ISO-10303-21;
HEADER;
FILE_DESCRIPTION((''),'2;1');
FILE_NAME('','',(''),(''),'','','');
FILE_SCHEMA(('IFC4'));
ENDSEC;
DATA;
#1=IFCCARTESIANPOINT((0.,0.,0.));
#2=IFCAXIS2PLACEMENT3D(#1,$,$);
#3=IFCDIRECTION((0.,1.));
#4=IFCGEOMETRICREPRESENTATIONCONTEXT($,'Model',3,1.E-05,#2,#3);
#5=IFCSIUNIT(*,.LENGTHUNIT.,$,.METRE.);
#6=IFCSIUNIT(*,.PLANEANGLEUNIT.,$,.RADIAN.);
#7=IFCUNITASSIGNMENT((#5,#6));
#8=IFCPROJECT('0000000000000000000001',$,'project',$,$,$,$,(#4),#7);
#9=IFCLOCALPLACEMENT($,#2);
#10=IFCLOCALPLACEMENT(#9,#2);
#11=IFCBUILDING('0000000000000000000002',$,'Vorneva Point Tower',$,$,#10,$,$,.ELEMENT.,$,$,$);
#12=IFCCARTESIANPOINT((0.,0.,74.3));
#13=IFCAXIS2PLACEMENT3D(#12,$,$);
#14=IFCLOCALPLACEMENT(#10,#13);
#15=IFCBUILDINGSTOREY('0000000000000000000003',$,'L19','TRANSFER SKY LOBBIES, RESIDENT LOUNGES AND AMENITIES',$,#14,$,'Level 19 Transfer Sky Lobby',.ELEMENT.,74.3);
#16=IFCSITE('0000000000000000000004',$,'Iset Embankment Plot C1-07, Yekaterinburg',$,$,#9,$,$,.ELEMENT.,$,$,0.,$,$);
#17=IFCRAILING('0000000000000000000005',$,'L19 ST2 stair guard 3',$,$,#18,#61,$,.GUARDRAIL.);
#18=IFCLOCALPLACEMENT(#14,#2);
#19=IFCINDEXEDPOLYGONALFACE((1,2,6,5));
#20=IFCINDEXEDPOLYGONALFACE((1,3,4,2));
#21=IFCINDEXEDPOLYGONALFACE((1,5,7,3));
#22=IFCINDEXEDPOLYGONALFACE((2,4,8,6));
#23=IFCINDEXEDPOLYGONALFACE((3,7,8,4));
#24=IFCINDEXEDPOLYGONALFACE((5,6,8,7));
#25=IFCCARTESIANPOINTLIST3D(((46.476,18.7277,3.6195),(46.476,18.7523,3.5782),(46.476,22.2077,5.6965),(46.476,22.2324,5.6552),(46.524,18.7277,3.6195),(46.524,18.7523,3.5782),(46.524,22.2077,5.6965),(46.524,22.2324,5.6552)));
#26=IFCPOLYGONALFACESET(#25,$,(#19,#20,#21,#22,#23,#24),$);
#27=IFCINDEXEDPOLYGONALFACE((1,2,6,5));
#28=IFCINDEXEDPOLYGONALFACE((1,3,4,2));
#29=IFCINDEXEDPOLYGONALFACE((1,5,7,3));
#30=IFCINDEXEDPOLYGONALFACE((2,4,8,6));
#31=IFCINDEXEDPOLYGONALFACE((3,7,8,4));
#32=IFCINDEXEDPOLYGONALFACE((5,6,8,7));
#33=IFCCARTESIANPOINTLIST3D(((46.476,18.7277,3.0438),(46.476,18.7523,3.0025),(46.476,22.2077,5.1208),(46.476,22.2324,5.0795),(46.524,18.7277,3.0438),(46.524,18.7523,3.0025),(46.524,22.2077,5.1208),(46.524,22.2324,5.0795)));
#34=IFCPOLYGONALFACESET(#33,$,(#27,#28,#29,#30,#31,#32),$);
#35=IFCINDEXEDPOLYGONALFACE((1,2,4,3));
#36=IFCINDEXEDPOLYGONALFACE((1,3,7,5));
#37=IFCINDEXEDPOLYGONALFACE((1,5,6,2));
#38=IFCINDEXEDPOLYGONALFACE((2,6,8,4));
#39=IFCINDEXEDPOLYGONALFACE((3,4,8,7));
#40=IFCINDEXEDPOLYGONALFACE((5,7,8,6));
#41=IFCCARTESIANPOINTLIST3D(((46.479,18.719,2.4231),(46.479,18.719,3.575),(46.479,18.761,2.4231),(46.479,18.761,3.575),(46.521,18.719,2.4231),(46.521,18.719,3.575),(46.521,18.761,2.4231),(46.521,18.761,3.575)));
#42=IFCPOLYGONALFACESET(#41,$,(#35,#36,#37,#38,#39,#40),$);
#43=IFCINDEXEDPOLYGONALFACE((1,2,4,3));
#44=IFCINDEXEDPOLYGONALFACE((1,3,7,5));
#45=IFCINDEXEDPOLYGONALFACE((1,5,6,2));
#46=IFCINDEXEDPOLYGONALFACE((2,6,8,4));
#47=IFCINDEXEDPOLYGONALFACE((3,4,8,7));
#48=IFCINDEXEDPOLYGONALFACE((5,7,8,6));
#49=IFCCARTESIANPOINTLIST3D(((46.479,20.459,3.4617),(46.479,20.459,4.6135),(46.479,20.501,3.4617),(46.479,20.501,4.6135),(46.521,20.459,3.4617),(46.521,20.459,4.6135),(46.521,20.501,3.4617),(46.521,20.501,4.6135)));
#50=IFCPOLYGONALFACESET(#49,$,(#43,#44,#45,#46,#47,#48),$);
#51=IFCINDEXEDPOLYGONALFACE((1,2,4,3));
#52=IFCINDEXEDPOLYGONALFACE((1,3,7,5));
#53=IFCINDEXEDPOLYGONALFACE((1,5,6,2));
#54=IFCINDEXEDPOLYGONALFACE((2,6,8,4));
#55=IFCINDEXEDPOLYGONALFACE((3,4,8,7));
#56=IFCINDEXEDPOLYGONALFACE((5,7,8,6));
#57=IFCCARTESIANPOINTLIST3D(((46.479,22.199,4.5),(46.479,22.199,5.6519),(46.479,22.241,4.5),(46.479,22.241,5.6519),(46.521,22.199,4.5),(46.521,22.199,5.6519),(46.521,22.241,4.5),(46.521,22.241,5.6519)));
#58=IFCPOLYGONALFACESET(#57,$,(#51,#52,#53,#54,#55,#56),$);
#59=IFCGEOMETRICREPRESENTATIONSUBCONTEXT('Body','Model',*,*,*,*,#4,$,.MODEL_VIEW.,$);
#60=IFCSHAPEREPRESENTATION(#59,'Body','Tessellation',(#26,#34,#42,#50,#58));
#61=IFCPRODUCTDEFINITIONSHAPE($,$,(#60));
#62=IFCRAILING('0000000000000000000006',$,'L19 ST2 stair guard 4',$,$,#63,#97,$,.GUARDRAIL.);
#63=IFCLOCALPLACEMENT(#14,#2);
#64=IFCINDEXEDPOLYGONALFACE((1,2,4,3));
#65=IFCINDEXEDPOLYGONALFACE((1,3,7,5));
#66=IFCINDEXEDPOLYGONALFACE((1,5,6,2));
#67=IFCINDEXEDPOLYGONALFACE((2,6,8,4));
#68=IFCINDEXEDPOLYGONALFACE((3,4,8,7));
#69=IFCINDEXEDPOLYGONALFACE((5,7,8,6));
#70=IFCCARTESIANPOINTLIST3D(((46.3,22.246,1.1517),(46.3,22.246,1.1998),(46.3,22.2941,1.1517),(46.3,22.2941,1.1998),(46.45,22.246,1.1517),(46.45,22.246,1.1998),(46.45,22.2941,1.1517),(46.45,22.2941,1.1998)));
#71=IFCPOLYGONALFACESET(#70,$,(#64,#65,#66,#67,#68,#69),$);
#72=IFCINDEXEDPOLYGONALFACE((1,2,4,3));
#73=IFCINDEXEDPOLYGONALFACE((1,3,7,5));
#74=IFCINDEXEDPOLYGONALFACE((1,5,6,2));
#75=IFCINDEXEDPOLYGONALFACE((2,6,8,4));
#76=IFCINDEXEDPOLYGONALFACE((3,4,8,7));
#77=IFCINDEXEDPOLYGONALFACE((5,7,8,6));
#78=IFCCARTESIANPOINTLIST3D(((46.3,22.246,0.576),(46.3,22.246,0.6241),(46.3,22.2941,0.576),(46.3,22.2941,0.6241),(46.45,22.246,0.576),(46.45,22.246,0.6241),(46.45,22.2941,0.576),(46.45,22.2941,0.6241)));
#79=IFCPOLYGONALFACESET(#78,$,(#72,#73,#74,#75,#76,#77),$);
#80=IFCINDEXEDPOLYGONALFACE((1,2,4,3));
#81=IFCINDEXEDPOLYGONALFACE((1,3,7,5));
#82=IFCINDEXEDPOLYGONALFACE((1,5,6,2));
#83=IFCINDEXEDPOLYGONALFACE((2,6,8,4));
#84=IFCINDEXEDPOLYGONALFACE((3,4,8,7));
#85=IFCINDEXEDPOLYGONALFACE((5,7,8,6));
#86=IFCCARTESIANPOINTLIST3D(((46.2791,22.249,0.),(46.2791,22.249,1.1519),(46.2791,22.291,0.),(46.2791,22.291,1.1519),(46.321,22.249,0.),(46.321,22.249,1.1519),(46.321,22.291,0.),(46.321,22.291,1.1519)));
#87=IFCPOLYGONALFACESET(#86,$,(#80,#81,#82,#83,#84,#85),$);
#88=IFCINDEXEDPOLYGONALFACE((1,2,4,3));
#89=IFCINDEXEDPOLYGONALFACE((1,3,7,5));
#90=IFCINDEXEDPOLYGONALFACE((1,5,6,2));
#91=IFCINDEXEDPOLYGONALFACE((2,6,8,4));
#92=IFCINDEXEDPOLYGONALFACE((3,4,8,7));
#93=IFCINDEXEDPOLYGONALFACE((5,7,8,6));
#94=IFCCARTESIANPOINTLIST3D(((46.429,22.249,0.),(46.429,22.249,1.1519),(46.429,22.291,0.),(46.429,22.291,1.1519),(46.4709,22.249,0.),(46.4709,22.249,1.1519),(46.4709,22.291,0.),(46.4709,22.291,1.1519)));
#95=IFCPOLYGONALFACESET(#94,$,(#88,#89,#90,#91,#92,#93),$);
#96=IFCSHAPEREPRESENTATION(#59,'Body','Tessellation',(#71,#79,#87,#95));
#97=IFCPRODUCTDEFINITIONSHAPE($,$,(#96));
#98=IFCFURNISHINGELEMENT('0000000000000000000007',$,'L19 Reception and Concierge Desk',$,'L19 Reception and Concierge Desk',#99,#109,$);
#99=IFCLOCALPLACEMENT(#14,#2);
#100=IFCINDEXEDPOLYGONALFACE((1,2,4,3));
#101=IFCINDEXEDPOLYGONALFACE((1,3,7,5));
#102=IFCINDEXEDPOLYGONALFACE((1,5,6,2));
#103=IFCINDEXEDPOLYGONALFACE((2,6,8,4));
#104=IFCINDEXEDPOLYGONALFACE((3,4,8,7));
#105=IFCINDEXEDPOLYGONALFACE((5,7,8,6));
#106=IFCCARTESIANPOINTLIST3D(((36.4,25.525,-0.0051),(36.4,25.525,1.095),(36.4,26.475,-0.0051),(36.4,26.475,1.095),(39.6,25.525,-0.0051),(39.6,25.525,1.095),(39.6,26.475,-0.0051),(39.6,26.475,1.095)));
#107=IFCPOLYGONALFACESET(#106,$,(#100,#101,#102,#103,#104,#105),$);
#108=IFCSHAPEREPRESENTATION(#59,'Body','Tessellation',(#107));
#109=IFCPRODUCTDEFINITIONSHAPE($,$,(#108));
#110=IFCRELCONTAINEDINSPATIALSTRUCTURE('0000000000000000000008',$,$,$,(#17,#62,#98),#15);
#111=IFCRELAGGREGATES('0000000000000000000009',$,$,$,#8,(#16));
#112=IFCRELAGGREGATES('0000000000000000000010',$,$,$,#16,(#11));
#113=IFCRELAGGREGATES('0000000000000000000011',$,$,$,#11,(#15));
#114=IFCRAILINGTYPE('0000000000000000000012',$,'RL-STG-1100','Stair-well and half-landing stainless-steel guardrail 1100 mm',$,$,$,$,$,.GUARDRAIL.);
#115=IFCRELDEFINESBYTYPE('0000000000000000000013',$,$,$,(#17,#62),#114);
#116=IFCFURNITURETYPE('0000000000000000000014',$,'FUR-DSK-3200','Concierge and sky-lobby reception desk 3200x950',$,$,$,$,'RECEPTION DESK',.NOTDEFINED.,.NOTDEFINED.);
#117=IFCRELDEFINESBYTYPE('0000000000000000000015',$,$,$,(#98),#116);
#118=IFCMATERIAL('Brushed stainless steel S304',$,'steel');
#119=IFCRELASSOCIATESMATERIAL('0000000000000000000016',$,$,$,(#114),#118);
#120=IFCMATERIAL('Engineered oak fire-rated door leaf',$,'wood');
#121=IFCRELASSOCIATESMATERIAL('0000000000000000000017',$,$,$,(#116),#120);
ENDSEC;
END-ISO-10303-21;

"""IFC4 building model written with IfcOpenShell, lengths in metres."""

from ifc_helpers import new_model, si_unit, direction, frame, origin, origin_2d, place, context, subcontext, project, spatial, rectangle, extrude, material, type_object, element, save


model = new_model("IFC4")

# Units and contexts
model_context = context("Model", 3, precision=1e-05, world=origin(), true_north=direction((0.0, 1.0)))
body_context = subcontext(model_context, "Body", "Model", "MODEL_VIEW")
ifc_project = project(units=[si_unit("LENGTHUNIT", "METRE"), si_unit("PLANEANGLEUNIT", "RADIAN")], contexts=[model_context])

# Site, building, storey
site_placement = place(None, origin())
site = spatial("IfcSite", under=ifc_project, at=site_placement, Name="Iset Embankment Plot C1-07, Yekaterinburg", CompositionType="ELEMENT", RefElevation=0.0)
building_placement = place(site_placement, origin())
building = spatial("IfcBuilding", under=site, at=building_placement, Name="Vorneva Point Tower", CompositionType="ELEMENT")
storey_placement = place(building_placement, frame((0.0, 0.0, 74.3)))
storey = spatial("IfcBuildingStorey", under=building, at=storey_placement, Name="L19", Description="TRANSFER SKY LOBBIES, RESIDENT LOUNGES AND AMENITIES", LongName="Level 19 Transfer Sky Lobby", CompositionType="ELEMENT", Elevation=74.3)

# Shared definitions
ifc_material_1 = material(Name="Engineered oak fire-rated door leaf", Category="wood")

# Railings
ifc_material_2 = material(Name="Brushed stainless steel S304", Category="steel")
railing_type_1 = type_object("IfcRailingType", Name="RL-STG-1100", Description="Stair-well and half-landing stainless-steel guardrail 1100 mm", PredefinedType="GUARDRAIL", material=ifc_material_2)
railing_1_placement = place(storey_placement, frame((46.5, 18.74, 2.4231)))
element("IfcRailing", 1, at=railing_1_placement, inside=storey, type_object=railing_type_1, Name="L19 ST2 stair guard 3", PredefinedType="GUARDRAIL", context=body_context, shape_type="SweptSolid", body=[
    extrude(rectangle(XDim=0.0481, YDim=0.0481, at=origin_2d()), frame((0.0, 0.0, 1.1758), z_axis=(0.0, 0.858697, 0.512483), x_axis=(-1.0, 0.0, 0.0)), (0.0, 0.0, 1.0), 4.0527),
    extrude(rectangle(XDim=0.0481, YDim=0.0481, at=origin_2d()), frame((0.0, 0.0, 0.6001), z_axis=(0.0, 0.858697, 0.512483), x_axis=(-1.0, 0.0, 0.0)), (0.0, 0.0, 1.0), 4.0527),
    extrude(rectangle(XDim=0.042, YDim=0.042, at=origin_2d()), origin(), (0.0, 0.0, 1.0), 1.1519),
    extrude(rectangle(XDim=0.042, YDim=0.042, at=origin_2d()), frame((0.0, 1.74, 1.0386)), (0.0, 0.0, 1.0), 1.1519),
    extrude(rectangle(XDim=0.042, YDim=0.042, at=origin_2d()), frame((0.0, 3.48, 2.0769)), (0.0, 0.0, 1.0), 1.1519),
])
railing_2_placement = place(storey_placement, frame((46.3, 22.27, 0.0)))
element("IfcRailing", 2, at=railing_2_placement, inside=storey, type_object=railing_type_1, Name="L19 ST2 stair guard 4", PredefinedType="GUARDRAIL", context=body_context, shape_type="SweptSolid", body=[
    extrude(rectangle(XDim=0.0481, YDim=0.0481, at=origin_2d()), frame((0.0, 0.0, 1.1758), z_axis=(1.0, 0.0, 0.0), x_axis=(0.0, 1.0, 0.0)), (0.0, 0.0, 1.0), 0.1499),
    extrude(rectangle(XDim=0.0481, YDim=0.0481, at=origin_2d()), frame((0.0, 0.0, 0.6001), z_axis=(1.0, 0.0, 0.0), x_axis=(0.0, 1.0, 0.0)), (0.0, 0.0, 1.0), 0.1499),
    extrude(rectangle(XDim=0.042, YDim=0.042, at=origin_2d()), origin(), (0.0, 0.0, 1.0), 1.1519),
    extrude(rectangle(XDim=0.042, YDim=0.042, at=origin_2d()), frame((0.1499, 0.0, 0.0)), (0.0, 0.0, 1.0), 1.1519),
])

# Furnishing element
furniture_type = type_object("IfcFurnitureType", Name="FUR-DSK-3200", Description="Concierge and sky-lobby reception desk 3200x950", ElementType="RECEPTION DESK", AssemblyPlace="NOTDEFINED", PredefinedType="NOTDEFINED", material=ifc_material_1)
furnishing_placement = place(storey_placement, frame((38.0, 26.0, -0.0051), z_axis=(0.0, 0.0, 1.0), x_axis=(1.0, 0.0, 0.0)))
element("IfcFurnishingElement", 3, at=furnishing_placement, inside=storey, type_object=furniture_type, Name="L19 Reception and Concierge Desk", ObjectType="L19 Reception and Concierge Desk", context=body_context, shape_type="SweptSolid", body=[
    extrude(rectangle(XDim=3.2, YDim=0.95, at=origin_2d()), origin(), (0.0, 0.0, 1.0), 1.1001),
])

save(model, "model.ifc")
